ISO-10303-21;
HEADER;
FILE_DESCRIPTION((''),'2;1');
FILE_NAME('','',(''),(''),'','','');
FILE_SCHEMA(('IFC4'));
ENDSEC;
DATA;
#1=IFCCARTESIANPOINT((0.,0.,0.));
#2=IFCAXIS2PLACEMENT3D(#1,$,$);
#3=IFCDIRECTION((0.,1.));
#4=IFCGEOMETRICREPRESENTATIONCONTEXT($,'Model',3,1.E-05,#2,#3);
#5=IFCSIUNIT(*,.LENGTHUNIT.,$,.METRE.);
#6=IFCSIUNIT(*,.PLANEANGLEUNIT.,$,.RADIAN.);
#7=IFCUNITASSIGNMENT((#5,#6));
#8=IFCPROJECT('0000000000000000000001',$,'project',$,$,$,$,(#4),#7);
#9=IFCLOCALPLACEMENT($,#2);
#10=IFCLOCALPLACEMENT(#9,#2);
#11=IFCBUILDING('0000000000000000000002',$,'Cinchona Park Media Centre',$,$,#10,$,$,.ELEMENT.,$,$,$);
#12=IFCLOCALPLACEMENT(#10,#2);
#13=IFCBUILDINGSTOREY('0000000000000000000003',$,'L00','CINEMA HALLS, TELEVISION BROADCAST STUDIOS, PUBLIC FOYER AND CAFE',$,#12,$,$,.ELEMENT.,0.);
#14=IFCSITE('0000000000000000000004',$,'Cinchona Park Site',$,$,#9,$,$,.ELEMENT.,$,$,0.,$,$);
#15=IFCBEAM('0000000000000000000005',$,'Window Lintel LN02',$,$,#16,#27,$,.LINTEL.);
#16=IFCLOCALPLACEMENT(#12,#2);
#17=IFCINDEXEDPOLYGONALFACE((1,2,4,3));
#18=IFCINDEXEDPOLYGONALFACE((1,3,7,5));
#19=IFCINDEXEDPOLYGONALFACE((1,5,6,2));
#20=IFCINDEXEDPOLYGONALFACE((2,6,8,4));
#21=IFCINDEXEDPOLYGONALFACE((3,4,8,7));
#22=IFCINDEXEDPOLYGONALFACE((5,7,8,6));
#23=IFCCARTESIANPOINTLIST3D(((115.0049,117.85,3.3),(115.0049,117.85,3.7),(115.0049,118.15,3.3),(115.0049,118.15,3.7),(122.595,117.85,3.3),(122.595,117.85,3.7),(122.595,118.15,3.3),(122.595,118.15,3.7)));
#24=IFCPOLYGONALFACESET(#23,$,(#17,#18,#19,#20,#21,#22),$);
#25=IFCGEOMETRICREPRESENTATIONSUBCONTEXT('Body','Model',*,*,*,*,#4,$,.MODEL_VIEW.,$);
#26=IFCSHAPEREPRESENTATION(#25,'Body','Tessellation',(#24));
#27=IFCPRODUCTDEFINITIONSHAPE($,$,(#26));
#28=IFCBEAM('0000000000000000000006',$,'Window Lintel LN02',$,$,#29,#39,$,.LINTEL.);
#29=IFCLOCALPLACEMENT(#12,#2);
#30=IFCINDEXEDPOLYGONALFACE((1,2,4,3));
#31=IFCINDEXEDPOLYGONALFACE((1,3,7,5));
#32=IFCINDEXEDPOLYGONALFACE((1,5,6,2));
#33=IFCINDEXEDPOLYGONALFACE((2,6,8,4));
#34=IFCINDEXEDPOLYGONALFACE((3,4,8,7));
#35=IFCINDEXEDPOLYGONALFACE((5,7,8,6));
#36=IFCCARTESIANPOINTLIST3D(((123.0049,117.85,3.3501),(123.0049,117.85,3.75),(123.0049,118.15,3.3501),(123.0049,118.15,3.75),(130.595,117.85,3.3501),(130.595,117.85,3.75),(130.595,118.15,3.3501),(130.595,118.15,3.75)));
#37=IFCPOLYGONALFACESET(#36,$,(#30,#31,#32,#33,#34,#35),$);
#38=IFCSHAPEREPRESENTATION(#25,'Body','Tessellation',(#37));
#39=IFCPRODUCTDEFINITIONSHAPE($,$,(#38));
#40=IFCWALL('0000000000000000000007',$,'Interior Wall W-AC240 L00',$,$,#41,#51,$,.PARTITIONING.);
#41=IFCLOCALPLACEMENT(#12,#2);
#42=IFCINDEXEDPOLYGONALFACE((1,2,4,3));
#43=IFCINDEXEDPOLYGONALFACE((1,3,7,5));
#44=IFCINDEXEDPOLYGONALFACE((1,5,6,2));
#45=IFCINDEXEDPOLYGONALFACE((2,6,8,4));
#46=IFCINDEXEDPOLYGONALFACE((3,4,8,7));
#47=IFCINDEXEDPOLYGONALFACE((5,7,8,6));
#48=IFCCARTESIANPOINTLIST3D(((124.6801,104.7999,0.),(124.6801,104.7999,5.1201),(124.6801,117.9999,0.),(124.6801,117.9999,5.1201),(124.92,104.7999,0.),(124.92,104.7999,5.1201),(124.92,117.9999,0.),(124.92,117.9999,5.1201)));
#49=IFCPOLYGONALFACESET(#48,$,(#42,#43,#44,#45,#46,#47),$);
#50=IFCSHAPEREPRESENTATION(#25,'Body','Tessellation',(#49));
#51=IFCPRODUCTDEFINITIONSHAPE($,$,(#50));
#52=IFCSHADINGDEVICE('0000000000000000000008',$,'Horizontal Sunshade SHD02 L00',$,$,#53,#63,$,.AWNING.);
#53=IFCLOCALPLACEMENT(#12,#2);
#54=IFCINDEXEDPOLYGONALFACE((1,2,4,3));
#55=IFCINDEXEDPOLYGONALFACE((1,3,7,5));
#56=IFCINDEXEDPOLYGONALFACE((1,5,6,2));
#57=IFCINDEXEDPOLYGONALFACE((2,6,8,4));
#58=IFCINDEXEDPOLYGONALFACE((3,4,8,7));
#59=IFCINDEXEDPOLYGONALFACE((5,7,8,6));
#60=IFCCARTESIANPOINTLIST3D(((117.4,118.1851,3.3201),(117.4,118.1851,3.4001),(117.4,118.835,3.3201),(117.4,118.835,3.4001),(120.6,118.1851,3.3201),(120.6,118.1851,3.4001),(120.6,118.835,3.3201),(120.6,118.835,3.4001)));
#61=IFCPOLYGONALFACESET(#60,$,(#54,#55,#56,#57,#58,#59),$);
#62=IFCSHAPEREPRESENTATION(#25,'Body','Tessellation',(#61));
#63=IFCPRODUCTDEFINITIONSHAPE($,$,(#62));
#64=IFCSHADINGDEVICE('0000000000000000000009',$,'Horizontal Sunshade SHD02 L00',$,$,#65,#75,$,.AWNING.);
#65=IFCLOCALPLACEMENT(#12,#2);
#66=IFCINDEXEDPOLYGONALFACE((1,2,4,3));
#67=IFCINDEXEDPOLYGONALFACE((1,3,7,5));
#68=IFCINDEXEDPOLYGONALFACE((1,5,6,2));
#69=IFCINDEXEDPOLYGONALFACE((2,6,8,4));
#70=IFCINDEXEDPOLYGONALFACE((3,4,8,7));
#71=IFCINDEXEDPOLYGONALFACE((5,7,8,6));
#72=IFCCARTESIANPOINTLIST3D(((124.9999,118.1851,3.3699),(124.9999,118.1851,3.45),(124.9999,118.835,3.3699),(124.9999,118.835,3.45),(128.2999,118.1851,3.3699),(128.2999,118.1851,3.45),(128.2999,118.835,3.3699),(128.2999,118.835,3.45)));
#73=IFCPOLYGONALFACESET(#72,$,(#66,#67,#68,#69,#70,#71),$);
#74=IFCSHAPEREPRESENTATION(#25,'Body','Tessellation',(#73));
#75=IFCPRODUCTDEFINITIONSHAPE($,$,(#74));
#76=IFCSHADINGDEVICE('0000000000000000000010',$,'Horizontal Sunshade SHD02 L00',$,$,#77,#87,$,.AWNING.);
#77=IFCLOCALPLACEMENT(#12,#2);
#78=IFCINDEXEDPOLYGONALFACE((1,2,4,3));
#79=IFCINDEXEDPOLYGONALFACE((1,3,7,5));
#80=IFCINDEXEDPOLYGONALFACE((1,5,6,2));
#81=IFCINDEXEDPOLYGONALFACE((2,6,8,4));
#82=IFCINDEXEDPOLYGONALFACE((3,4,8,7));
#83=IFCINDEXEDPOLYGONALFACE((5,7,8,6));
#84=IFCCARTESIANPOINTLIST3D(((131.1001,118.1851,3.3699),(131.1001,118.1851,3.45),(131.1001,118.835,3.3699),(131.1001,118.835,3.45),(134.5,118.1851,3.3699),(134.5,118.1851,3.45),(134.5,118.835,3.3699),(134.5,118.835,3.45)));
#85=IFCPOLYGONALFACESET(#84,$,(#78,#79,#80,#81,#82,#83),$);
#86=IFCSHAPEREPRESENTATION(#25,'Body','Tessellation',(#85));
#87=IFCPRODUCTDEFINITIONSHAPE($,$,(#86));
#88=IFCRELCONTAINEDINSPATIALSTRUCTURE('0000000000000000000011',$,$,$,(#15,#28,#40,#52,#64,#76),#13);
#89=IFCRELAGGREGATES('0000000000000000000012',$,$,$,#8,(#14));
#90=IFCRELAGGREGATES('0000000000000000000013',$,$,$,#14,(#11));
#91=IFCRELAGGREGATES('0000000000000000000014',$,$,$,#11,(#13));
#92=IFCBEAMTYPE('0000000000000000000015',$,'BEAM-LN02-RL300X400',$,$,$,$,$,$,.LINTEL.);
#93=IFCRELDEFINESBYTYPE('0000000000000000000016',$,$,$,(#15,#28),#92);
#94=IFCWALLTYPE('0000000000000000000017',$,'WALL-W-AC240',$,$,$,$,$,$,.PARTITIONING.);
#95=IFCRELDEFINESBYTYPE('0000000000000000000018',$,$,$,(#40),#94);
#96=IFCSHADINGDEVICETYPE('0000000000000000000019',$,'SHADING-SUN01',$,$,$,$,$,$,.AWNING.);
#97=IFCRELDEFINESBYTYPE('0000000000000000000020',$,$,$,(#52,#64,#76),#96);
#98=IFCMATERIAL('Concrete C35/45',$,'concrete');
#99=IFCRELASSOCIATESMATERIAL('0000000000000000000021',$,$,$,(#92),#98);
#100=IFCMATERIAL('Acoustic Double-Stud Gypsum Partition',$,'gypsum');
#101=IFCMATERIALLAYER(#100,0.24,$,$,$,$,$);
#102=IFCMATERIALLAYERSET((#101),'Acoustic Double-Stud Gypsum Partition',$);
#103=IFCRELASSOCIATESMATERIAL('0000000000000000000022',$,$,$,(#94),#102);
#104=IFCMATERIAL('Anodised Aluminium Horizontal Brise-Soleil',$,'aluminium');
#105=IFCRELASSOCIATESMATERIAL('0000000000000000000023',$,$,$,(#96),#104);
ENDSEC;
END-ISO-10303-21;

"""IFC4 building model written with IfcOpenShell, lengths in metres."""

from ifc_helpers import new_model, si_unit, direction, frame, frame_2d, origin, origin_2d, place, context, subcontext, project, spatial, rectangle, extrude, material, layer, layer_set, material_profile, profile_set, type_object, element, save


model = new_model("IFC4")

# Units and contexts
model_context = context("Model", 3, precision=1e-05, world=origin(), true_north=direction((0.0, 1.0)))
body_context = subcontext(model_context, "Body", "Model", "MODEL_VIEW")
ifc_project = project(units=[si_unit("LENGTHUNIT", "METRE"), si_unit("PLANEANGLEUNIT", "RADIAN")], contexts=[model_context])

# Site, building, storey
site_placement = place(None, origin())
site = spatial("IfcSite", under=ifc_project, at=site_placement, Name="Cinchona Park Site", CompositionType="ELEMENT", RefElevation=0.0)
building_placement = place(site_placement, origin())
building = spatial("IfcBuilding", under=site, at=building_placement, Name="Cinchona Park Media Centre", CompositionType="ELEMENT")
storey_placement = place(building_placement, origin())
storey = spatial("IfcBuildingStorey", under=building, at=storey_placement, Name="L00", Description="CINEMA HALLS, TELEVISION BROADCAST STUDIOS, PUBLIC FOYER AND CAFE", CompositionType="ELEMENT", Elevation=0.0)

# Beams
ifc_material_1 = material(Name="Concrete C35/45", Category="concrete")
ifc_material_profile_1 = material_profile(ifc_material_1, rectangle(XDim=0.3, YDim=0.3999, at=origin_2d()), Name="RL 300X400")
ifc_profile_set_1 = profile_set([ifc_material_profile_1], Name="Concrete C35/45")
beam_type_1 = type_object("IfcBeamType", Name="BEAM-LN02-RL300X400", PredefinedType="LINTEL", material=ifc_profile_set_1)
for number, where, z_axis, x_axis, name in (
    (1, (115.0049, 118.0, 3.5), (1.0, 0.0, 0.0), (0.0, 1.0, 0.0), "Window Lintel LN02"),
    (2, (123.0049, 118.0, 3.55), (1.0, 0.0, 0.0), (0.0, 1.0, 0.0), "Window Lintel LN02"),
):
    element("IfcBeam", number, at=place(storey_placement, frame(where, z_axis=z_axis, x_axis=x_axis)), inside=storey, type_object=beam_type_1, Name=name, PredefinedType="LINTEL", context=body_context, shape_type="SweptSolid", body=[
        extrude(rectangle(XDim=0.3, YDim=0.3999, at=origin_2d()), origin(), (0.0, 0.0, 1.0), 7.5901),
    ])

# Wall
ifc_material_2 = material(Name="Acoustic Double-Stud Gypsum Partition", Category="gypsum")
ifc_layer = layer(ifc_material_2, 0.24)
ifc_layer_set = layer_set([ifc_layer], Name="Acoustic Double-Stud Gypsum Partition")
wall_type = type_object("IfcWallType", Name="WALL-W-AC240", PredefinedType="PARTITIONING", material=ifc_layer_set)
wall_placement = place(storey_placement, frame((124.8, 118.0, 0.0), z_axis=(0.0, 0.0, 1.0), x_axis=(0.0, -1.0, 0.0)))
element("IfcWall", 3, at=wall_placement, inside=storey, type_object=wall_type, Name="Interior Wall W-AC240 L00", PredefinedType="PARTITIONING", context=body_context, shape_type="SweptSolid", body=[
    extrude(rectangle(XDim=13.2, YDim=0.24, at=frame_2d((6.6001, 0.0))), origin(), (0.0, 0.0, 1.0), 5.1201),
])

# Shading devices
ifc_material_3 = material(Name="Anodised Aluminium Horizontal Brise-Soleil", Category="aluminium")
shading_device_type = type_object("IfcShadingDeviceType", Name="SHADING-SUN01", PredefinedType="AWNING", material=ifc_material_3)
shading_device_1_placement = place(storey_placement, frame((119.0, 118.51, 3.3201), z_axis=(0.0, 0.0, 1.0), x_axis=(1.0, 0.0, 0.0)))
element("IfcShadingDevice", 4, at=shading_device_1_placement, inside=storey, type_object=shading_device_type, Name="Horizontal Sunshade SHD02 L00", PredefinedType="AWNING", context=body_context, shape_type="SweptSolid", body=[
    extrude(rectangle(XDim=3.2, YDim=0.6499, at=origin_2d()), origin(), (0.0, 0.0, 1.0), 0.0801),
])
shading_device_2_placement = place(storey_placement, frame((126.6499, 118.51, 3.3699), z_axis=(0.0, 0.0, 1.0), x_axis=(1.0, 0.0, 0.0)))
element("IfcShadingDevice", 5, at=shading_device_2_placement, inside=storey, type_object=shading_device_type, Name="Horizontal Sunshade SHD02 L00", PredefinedType="AWNING", context=body_context, shape_type="SweptSolid", body=[
    extrude(rectangle(XDim=3.3, YDim=0.6499, at=origin_2d()), origin(), (0.0, 0.0, 1.0), 0.0801),
])
shading_device_3_placement = place(storey_placement, frame((132.8, 118.51, 3.3699), z_axis=(0.0, 0.0, 1.0), x_axis=(1.0, 0.0, 0.0)))
element("IfcShadingDevice", 6, at=shading_device_3_placement, inside=storey, type_object=shading_device_type, Name="Horizontal Sunshade SHD02 L00", PredefinedType="AWNING", context=body_context, shape_type="SweptSolid", body=[
    extrude(rectangle(XDim=3.3999, YDim=0.6499, at=origin_2d()), origin(), (0.0, 0.0, 1.0), 0.0801),
])

save(model, "model.ifc")
